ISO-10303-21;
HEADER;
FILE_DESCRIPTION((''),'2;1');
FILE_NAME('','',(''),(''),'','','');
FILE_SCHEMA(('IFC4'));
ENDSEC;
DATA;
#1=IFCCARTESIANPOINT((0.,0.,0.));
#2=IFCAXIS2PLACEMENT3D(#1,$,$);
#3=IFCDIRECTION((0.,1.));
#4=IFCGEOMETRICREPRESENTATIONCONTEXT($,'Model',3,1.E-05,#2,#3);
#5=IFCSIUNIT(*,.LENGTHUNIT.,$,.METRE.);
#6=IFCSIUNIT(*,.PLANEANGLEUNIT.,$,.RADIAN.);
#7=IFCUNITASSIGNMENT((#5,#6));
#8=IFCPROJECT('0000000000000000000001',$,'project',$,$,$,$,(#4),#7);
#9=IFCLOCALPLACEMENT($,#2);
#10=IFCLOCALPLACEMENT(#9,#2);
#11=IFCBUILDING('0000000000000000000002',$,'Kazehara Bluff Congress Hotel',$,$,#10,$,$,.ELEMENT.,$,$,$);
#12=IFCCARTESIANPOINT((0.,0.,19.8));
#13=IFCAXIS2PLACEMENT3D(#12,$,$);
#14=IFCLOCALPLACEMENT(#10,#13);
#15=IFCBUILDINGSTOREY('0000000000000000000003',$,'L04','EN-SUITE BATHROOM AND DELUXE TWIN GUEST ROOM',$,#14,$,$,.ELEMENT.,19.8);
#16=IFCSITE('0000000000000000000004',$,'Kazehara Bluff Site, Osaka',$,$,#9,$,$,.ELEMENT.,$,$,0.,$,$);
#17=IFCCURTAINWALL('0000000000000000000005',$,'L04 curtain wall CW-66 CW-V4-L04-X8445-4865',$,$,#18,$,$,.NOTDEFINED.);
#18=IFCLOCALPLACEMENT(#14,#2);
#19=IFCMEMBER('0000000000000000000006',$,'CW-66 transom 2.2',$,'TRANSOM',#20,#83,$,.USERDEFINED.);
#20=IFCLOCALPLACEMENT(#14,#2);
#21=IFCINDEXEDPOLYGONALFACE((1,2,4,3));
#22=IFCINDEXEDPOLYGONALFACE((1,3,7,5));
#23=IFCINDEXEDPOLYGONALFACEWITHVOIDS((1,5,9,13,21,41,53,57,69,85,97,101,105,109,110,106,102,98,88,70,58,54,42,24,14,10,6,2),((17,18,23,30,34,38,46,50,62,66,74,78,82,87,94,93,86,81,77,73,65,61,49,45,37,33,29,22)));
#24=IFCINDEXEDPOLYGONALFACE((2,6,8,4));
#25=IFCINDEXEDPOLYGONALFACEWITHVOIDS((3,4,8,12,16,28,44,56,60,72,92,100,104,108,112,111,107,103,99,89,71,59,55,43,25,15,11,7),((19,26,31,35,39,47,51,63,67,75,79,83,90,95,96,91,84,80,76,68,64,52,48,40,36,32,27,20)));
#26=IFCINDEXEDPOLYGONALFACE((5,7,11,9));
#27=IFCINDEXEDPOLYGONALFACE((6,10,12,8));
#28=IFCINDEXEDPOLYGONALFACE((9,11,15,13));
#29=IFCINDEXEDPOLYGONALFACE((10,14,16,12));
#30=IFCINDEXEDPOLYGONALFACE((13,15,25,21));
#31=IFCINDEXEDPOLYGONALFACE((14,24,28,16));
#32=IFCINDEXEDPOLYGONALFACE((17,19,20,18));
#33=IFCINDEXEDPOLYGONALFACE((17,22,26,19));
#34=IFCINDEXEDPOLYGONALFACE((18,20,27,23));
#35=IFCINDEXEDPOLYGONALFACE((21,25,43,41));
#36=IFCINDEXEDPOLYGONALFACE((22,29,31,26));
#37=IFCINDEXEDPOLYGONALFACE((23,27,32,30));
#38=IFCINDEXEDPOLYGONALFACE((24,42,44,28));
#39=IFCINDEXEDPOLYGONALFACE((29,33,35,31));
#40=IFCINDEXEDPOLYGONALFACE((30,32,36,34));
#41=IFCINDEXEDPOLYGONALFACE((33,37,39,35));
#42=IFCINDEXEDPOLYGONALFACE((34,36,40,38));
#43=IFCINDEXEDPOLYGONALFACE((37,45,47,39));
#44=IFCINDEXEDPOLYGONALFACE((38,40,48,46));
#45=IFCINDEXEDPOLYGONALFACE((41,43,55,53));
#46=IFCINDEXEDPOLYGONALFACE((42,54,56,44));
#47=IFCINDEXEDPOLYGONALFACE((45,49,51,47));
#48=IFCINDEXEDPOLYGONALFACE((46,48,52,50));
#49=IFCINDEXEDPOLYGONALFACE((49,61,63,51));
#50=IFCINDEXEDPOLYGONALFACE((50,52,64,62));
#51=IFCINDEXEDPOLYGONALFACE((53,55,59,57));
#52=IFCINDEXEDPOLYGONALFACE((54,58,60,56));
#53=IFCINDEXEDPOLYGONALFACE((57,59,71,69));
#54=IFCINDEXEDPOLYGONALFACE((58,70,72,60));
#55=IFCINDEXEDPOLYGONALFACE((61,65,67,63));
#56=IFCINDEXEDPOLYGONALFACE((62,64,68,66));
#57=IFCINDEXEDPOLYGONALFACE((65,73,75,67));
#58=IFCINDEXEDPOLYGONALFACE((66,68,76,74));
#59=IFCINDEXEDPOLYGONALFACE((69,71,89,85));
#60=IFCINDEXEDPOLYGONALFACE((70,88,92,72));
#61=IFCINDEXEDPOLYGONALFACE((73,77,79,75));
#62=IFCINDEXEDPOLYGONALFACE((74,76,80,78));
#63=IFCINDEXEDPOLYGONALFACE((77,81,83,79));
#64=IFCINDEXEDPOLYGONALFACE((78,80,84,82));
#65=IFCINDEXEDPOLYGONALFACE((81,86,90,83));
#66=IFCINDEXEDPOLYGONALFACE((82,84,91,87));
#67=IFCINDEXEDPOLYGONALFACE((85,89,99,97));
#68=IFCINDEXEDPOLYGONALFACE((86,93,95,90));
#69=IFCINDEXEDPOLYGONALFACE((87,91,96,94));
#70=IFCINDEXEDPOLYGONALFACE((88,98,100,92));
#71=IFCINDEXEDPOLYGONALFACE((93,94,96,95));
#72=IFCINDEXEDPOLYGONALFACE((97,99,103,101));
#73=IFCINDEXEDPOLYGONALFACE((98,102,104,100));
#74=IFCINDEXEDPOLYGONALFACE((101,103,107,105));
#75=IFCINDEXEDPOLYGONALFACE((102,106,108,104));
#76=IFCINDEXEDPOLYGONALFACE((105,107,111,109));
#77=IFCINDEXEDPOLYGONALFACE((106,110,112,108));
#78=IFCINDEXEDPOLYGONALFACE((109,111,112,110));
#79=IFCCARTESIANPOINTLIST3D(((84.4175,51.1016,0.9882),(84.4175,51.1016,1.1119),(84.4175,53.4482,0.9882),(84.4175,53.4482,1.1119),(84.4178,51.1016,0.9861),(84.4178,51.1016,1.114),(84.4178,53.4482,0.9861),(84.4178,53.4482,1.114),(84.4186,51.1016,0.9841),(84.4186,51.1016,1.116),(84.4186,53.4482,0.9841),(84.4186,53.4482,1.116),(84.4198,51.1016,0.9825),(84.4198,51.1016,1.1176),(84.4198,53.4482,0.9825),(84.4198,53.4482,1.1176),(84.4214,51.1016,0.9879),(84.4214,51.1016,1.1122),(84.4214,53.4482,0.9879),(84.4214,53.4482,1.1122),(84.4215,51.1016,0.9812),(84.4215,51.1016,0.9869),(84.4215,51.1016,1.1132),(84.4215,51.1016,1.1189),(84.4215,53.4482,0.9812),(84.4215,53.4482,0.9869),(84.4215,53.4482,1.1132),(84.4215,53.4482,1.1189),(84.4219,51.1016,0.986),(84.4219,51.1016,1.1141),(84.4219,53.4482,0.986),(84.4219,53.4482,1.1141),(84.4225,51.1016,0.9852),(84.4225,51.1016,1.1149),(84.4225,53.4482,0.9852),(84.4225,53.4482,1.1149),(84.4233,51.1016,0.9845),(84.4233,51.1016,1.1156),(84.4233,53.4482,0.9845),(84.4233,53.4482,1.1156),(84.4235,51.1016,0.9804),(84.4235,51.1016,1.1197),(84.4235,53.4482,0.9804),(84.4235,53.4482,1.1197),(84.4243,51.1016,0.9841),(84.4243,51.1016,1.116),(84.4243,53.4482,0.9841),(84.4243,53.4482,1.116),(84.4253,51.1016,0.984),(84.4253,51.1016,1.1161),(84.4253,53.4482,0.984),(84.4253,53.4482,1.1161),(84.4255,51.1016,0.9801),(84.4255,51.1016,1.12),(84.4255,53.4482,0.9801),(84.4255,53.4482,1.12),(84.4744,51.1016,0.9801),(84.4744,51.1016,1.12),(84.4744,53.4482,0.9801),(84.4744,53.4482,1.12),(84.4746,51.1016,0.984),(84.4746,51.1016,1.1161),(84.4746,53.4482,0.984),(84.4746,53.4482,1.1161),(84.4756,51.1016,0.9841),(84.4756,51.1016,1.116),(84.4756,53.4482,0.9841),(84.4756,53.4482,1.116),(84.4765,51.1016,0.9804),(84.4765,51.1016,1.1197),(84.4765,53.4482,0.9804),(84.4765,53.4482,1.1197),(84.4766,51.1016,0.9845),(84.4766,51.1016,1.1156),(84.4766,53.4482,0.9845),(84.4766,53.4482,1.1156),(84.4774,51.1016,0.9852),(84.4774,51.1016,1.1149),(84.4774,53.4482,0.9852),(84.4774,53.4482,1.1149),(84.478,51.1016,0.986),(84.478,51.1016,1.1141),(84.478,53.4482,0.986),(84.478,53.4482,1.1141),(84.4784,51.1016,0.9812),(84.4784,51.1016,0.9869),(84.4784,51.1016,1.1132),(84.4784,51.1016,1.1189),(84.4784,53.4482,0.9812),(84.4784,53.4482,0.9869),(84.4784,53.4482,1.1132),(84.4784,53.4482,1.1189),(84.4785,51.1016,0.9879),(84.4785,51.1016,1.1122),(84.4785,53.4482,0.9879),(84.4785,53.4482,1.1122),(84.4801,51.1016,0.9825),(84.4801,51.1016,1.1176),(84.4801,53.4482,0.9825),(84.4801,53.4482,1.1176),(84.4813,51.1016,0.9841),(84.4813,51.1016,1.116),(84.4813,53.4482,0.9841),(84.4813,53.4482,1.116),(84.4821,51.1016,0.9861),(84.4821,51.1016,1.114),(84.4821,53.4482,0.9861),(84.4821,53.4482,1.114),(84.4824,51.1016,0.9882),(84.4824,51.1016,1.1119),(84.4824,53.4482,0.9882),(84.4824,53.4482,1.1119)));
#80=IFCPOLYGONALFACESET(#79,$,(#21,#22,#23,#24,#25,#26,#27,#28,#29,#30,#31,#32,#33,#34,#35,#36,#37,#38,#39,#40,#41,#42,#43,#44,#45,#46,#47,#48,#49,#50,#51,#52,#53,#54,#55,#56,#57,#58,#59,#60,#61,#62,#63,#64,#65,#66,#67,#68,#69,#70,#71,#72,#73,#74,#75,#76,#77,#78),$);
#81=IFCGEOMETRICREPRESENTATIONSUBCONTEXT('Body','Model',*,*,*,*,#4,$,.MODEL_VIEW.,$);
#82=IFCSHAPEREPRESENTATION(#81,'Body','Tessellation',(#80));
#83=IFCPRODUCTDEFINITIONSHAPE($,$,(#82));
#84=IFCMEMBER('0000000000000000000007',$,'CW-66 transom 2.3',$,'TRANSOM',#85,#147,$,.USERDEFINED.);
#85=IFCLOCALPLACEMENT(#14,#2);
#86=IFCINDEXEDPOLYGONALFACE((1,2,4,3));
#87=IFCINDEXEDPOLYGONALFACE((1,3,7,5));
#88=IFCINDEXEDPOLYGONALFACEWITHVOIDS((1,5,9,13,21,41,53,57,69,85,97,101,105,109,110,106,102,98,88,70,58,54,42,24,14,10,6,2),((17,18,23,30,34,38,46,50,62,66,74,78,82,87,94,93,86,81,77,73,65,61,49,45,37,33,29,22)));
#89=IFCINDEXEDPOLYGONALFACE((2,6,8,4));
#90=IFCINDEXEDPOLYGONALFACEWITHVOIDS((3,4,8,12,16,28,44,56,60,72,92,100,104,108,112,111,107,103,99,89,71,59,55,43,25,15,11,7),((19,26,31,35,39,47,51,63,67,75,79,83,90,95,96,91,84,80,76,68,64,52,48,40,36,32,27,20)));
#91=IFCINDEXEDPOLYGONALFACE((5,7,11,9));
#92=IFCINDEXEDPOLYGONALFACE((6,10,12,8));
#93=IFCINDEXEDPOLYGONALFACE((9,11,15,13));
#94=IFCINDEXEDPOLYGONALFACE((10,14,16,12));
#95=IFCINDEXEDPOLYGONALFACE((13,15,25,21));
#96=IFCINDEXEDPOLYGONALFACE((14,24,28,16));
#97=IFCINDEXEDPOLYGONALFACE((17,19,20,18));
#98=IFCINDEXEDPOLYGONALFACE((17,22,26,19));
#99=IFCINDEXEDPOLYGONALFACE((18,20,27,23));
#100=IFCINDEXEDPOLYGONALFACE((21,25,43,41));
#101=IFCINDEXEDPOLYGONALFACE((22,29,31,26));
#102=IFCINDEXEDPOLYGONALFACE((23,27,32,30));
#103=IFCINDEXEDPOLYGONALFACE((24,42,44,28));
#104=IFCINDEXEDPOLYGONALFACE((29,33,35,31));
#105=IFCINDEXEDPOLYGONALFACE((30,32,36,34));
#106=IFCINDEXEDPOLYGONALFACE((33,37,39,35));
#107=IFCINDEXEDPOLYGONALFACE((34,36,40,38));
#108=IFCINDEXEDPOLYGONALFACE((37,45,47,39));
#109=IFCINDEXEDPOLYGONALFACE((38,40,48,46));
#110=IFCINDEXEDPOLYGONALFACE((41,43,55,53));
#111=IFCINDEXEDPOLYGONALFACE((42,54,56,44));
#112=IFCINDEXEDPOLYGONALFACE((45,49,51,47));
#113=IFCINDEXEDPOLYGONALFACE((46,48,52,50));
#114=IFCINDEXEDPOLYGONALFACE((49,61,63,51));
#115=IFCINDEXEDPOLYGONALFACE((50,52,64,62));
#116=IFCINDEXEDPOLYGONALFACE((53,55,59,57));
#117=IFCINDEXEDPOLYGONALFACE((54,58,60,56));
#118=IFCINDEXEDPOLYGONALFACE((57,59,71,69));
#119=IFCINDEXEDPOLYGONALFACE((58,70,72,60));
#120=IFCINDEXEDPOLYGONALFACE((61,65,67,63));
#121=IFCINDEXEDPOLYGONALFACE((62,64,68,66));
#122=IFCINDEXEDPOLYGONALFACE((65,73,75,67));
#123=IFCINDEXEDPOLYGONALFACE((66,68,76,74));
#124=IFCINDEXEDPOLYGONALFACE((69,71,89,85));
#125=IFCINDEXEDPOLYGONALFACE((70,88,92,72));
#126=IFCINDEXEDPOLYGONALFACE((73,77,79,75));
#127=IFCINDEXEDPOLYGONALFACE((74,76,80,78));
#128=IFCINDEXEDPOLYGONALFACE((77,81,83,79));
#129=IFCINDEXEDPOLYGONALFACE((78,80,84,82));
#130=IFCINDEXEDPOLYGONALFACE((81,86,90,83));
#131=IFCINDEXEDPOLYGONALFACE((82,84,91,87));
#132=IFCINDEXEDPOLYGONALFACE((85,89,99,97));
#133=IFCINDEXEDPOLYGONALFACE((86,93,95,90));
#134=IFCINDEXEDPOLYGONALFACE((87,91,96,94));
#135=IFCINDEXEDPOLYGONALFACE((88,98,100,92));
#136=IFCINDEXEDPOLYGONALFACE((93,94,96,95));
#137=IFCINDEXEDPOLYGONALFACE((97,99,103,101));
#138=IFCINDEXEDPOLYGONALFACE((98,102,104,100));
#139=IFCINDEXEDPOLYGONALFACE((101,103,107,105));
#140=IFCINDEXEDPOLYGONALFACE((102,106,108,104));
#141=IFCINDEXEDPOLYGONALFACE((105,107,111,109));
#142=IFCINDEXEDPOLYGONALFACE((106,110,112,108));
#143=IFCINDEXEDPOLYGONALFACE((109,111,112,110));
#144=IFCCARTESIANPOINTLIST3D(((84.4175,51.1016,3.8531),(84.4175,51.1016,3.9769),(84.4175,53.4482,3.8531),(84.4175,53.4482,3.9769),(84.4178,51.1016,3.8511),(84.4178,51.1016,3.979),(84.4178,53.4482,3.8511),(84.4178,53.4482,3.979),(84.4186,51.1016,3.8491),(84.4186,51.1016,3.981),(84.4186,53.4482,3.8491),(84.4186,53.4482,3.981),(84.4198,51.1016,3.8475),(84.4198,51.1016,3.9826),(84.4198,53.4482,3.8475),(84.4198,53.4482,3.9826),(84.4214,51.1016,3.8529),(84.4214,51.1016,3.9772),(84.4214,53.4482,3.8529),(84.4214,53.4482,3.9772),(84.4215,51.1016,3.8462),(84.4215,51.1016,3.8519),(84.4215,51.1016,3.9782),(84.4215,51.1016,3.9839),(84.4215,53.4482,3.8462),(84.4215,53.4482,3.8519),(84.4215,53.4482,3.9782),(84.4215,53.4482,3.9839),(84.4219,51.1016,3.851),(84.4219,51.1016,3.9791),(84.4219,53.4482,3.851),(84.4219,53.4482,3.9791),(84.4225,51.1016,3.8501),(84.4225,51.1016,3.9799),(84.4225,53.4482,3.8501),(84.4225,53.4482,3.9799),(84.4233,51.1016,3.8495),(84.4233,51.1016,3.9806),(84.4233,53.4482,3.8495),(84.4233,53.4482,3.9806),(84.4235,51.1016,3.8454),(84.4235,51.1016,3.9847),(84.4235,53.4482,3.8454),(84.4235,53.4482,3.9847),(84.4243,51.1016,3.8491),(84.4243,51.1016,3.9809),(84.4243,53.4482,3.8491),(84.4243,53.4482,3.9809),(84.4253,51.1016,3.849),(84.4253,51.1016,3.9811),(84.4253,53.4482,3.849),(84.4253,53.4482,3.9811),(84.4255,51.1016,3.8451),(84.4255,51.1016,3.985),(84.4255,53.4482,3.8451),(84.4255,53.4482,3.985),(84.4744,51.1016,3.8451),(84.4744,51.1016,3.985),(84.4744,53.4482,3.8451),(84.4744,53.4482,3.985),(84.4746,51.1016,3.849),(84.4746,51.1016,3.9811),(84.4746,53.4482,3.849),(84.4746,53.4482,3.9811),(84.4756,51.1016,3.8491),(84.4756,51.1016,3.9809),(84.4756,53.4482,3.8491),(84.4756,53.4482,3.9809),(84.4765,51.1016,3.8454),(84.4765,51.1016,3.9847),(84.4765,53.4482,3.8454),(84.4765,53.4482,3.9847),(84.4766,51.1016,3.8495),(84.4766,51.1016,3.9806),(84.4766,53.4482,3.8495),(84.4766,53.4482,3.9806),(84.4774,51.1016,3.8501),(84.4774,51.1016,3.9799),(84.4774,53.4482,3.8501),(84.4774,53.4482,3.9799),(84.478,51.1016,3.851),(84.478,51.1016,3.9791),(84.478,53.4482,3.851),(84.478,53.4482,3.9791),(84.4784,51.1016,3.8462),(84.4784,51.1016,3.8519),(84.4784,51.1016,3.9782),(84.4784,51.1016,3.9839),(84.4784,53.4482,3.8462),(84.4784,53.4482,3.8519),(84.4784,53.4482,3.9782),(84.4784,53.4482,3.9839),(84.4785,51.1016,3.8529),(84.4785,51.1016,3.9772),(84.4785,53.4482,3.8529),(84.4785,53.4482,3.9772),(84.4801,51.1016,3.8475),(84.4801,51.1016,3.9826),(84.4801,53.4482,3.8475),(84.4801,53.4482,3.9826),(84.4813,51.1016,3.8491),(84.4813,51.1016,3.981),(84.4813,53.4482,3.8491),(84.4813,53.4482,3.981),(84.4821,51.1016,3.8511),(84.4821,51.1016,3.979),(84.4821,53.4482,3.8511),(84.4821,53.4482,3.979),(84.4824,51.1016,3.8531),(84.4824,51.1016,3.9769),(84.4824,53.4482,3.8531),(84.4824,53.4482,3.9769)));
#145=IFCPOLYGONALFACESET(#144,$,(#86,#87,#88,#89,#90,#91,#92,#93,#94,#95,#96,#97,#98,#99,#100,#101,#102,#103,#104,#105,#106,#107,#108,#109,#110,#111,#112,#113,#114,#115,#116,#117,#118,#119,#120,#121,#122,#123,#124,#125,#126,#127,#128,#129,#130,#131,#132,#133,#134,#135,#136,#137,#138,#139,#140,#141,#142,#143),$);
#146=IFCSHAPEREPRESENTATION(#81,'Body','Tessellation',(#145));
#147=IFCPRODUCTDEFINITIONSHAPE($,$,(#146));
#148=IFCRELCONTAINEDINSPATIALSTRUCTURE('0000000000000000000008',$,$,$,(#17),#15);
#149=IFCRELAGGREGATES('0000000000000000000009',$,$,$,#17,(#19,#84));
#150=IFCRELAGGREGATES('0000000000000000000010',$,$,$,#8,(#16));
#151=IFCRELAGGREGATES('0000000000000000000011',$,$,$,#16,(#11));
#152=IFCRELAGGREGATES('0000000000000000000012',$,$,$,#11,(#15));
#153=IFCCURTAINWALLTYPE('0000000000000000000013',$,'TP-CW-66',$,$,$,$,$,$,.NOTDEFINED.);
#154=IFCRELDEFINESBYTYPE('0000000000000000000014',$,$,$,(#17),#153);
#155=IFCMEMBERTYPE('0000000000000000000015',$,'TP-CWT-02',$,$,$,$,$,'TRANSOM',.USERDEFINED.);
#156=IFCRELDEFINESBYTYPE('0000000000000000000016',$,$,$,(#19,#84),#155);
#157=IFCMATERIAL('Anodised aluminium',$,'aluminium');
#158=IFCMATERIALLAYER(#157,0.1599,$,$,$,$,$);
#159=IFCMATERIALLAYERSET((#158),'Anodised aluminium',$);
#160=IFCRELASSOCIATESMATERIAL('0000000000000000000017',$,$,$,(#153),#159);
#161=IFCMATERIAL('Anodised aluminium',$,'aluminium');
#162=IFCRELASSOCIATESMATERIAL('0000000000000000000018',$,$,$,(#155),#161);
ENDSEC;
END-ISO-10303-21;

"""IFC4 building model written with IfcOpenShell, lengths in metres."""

from ifc_helpers import new_model, si_unit, direction, frame, origin, origin_2d, place, context, subcontext, project, spatial, hollow_rectangle, extrude, material, layer, layer_set, material_profile, profile_set, type_object, element, aggregate, save


model = new_model("IFC4")

# Units and contexts
model_context = context("Model", 3, precision=1e-05, world=origin(), true_north=direction((0.0, 1.0)))
body_context = subcontext(model_context, "Body", "Model", "MODEL_VIEW")
ifc_project = project(units=[si_unit("LENGTHUNIT", "METRE"), si_unit("PLANEANGLEUNIT", "RADIAN")], contexts=[model_context])

# Site, building, storey
site_placement = place(None, origin())
site = spatial("IfcSite", under=ifc_project, at=site_placement, Name="Kazehara Bluff Site, Osaka", CompositionType="ELEMENT", RefElevation=0.0)
building_placement = place(site_placement, origin())
building = spatial("IfcBuilding", under=site, at=building_placement, Name="Kazehara Bluff Congress Hotel", CompositionType="ELEMENT")
storey_placement = place(building_placement, frame((0.0, 0.0, 19.8)))
storey = spatial("IfcBuildingStorey", under=building, at=storey_placement, Name="L04", Description="EN-SUITE BATHROOM AND DELUXE TWIN GUEST ROOM", CompositionType="ELEMENT", Elevation=19.8)

# Curtain wall
ifc_material_1 = material(Name="Anodised aluminium", Category="aluminium")
ifc_layer_1 = layer(ifc_material_1, 0.1599)
ifc_layer_set_1 = layer_set([ifc_layer_1], Name="Anodised aluminium")
curtain_wall_type_1 = type_object("IfcCurtainWallType", Name="TP-CW-66", PredefinedType="NOTDEFINED", material=ifc_layer_set_1)
curtain_wall_1_placement = place(storey_placement, origin())
curtain_wall_1 = element("IfcCurtainWall", 1, at=curtain_wall_1_placement, inside=storey, type_object=curtain_wall_type_1, Name="L04 curtain wall CW-66 CW-V4-L04-X8445-4865", PredefinedType="NOTDEFINED")

# Members
ifc_material_2 = material(Name="Anodised aluminium", Category="aluminium")
ifc_material_profile_1 = material_profile(ifc_material_2, hollow_rectangle(XDim=0.0649, YDim=0.1399, WallThickness=0.0039, InnerFilletRadius=0.0039, OuterFilletRadius=0.0081, at=origin_2d()))
ifc_profile_set_1 = profile_set([ifc_material_profile_1], Name="Anodised aluminium")
member_type_1 = type_object("IfcMemberType", Name="TP-CWT-02", ElementType="TRANSOM", PredefinedType="USERDEFINED", material=ifc_profile_set_1)
member_1_placement = place(storey_placement, frame((84.45, 51.1016, 1.05), z_axis=(0.0, 1.0, 0.0), x_axis=(-1.0, 0.0, 0.0)))
member_1 = element("IfcMember", 2, at=member_1_placement, type_object=member_type_1, Name="CW-66 transom 2.2", ObjectType="TRANSOM", PredefinedType="USERDEFINED", context=body_context, shape_type="SweptSolid", body=[
    extrude(hollow_rectangle(XDim=0.0649, YDim=0.1399, WallThickness=0.0039, InnerFilletRadius=0.0039, OuterFilletRadius=0.0081, at=origin_2d()), origin(), (0.0, 0.0, 1.0), 2.3467),
])
member_2_placement = place(storey_placement, frame((84.45, 51.1016, 3.915), z_axis=(0.0, 1.0, 0.0), x_axis=(-1.0, 0.0, 0.0)))
member_2 = element("IfcMember", 3, at=member_2_placement, type_object=member_type_1, Name="CW-66 transom 2.3", ObjectType="TRANSOM", PredefinedType="USERDEFINED", context=body_context, shape_type="SweptSolid", body=[
    extrude(hollow_rectangle(XDim=0.0649, YDim=0.1399, WallThickness=0.0039, InnerFilletRadius=0.0039, OuterFilletRadius=0.0081, at=origin_2d()), origin(), (0.0, 0.0, 1.0), 2.3467),
])

aggregate(curtain_wall_1, [member_1, member_2])

save(model, "model.ifc")
